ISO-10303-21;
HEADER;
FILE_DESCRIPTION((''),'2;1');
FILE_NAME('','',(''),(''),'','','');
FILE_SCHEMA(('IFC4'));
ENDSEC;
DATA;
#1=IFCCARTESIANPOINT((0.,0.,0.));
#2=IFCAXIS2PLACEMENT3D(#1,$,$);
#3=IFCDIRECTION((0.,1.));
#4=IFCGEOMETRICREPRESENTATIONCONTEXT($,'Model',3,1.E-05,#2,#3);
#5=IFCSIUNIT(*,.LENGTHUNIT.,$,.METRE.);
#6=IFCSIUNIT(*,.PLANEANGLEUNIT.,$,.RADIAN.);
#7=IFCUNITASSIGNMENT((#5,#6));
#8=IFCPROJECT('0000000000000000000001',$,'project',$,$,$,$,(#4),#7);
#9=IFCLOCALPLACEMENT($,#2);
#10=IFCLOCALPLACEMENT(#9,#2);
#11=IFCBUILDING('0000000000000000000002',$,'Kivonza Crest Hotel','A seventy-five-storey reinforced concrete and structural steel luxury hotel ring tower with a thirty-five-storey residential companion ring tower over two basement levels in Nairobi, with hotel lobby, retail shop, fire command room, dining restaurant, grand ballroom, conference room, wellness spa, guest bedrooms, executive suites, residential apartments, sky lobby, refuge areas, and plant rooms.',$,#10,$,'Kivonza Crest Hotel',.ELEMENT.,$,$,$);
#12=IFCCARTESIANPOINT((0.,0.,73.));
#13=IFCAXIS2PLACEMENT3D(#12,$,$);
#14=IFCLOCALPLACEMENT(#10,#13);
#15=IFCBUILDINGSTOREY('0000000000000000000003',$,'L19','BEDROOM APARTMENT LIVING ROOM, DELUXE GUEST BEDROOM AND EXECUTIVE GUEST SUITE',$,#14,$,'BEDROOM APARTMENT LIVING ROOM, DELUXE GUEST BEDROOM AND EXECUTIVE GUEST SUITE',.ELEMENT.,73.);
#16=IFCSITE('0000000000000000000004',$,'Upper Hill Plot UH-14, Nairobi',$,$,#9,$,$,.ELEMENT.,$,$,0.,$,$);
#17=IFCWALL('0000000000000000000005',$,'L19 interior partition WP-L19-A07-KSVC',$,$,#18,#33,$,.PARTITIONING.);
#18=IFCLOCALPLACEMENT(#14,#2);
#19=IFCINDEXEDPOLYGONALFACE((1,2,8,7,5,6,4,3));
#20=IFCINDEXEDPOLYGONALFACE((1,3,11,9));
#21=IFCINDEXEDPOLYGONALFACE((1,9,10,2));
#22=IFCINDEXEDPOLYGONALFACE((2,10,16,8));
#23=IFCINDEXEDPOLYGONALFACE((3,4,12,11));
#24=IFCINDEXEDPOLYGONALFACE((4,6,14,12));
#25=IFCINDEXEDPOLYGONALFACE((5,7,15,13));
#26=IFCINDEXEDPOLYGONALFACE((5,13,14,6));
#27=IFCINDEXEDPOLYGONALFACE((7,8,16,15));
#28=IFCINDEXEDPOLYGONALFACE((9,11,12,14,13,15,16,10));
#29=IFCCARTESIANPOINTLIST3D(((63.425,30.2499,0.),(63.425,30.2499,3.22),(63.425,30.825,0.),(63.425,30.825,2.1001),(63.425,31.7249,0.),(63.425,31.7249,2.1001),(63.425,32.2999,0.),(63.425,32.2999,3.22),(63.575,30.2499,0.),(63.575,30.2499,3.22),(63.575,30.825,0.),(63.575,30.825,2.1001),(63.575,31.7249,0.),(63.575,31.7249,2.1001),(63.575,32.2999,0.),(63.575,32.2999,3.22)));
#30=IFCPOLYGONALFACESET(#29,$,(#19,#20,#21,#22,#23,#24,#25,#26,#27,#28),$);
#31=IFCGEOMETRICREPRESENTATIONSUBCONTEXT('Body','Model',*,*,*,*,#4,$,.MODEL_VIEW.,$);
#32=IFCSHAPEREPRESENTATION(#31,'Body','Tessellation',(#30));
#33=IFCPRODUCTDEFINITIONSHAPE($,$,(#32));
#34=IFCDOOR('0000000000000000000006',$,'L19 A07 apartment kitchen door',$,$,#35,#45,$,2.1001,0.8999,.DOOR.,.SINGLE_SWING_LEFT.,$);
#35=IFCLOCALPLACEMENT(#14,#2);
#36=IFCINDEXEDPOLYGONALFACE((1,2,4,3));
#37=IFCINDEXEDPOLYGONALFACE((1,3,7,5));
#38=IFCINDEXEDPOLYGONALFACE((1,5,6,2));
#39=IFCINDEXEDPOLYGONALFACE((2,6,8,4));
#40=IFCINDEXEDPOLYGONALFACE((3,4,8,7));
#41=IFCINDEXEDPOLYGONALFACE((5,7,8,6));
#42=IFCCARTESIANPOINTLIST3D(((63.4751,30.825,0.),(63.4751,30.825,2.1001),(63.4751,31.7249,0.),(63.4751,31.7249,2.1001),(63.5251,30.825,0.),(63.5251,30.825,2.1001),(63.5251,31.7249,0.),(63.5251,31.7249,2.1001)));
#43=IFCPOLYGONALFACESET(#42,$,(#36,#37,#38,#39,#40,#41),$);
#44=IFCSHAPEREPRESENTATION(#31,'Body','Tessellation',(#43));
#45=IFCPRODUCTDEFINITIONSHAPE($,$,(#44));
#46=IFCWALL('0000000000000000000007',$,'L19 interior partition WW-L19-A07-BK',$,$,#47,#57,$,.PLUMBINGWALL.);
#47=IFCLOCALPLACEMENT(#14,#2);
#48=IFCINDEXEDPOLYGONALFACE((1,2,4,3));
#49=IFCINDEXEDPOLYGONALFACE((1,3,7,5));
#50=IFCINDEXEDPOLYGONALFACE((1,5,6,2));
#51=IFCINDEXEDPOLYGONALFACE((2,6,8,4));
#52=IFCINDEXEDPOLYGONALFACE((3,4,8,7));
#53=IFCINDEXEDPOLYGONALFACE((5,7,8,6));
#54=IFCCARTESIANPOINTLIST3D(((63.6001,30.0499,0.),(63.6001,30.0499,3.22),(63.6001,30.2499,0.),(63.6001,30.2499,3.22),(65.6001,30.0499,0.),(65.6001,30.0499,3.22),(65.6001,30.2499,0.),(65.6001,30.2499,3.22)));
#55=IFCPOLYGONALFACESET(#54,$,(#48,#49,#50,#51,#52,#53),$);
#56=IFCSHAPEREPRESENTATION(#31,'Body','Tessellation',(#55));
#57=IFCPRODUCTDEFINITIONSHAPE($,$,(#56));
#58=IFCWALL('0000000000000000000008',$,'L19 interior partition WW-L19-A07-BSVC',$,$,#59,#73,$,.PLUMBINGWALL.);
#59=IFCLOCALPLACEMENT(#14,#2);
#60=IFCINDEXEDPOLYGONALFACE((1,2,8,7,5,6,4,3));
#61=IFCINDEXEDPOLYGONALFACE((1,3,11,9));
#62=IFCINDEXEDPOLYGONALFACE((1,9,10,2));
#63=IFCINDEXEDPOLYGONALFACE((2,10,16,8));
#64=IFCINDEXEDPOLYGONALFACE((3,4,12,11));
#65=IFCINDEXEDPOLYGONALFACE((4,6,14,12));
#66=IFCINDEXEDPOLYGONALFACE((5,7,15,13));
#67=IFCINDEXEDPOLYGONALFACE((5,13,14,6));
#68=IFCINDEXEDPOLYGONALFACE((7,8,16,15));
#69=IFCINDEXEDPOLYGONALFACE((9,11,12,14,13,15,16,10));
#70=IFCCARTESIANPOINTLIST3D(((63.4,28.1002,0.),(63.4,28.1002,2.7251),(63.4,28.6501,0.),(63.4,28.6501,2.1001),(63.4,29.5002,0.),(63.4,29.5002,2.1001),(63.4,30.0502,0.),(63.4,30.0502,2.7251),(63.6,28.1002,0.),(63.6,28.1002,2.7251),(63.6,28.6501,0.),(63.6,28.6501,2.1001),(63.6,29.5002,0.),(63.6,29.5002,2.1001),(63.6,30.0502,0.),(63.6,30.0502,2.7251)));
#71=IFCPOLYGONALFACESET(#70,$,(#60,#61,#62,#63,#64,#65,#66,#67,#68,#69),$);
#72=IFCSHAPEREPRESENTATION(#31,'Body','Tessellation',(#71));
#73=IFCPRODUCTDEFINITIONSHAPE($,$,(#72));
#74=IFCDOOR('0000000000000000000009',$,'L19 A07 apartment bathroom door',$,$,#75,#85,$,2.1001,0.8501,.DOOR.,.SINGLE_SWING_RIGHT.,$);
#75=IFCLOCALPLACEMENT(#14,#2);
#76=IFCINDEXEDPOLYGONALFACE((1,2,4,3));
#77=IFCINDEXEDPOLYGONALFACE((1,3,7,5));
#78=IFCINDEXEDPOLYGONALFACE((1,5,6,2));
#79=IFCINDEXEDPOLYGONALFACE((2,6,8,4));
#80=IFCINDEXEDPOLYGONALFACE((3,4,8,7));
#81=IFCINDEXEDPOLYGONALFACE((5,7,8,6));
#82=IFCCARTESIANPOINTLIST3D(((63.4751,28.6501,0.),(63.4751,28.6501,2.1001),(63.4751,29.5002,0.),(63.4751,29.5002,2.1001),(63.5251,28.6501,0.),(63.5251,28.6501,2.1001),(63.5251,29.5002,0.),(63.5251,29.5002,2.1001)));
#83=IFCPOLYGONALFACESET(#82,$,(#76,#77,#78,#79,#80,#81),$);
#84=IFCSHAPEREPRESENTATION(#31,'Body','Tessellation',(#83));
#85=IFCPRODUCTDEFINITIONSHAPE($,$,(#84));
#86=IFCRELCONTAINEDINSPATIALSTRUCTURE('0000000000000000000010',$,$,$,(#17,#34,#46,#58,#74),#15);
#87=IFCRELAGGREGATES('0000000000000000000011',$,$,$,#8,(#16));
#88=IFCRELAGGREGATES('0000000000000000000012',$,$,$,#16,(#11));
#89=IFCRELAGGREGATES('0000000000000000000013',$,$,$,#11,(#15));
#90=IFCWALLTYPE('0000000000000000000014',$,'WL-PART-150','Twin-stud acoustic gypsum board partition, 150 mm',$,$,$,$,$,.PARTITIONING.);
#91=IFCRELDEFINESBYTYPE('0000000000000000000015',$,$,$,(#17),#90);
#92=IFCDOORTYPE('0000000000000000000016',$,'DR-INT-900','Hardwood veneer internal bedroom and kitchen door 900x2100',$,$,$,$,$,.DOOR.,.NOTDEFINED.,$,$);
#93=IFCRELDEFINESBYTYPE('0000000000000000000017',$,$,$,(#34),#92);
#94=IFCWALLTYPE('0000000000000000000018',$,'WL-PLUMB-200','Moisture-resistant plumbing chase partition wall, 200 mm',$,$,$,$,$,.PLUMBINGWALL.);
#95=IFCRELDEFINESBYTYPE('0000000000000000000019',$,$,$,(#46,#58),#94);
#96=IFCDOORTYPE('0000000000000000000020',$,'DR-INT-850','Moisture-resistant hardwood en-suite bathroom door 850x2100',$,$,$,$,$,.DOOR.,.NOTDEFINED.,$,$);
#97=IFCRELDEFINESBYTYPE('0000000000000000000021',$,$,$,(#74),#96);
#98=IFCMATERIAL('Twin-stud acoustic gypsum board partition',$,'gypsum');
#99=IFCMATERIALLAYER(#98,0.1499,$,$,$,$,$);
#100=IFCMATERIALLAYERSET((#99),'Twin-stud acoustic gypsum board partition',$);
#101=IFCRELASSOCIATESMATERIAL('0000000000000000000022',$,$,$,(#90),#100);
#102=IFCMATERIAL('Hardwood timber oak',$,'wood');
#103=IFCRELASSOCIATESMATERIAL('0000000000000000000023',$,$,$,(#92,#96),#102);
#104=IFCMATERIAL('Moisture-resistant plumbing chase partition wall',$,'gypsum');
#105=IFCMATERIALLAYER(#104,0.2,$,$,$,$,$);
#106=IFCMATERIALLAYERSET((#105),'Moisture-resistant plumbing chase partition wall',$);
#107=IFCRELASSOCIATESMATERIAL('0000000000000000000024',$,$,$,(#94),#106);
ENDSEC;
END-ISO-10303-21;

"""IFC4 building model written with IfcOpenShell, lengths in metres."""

from ifc_helpers import new_model, si_unit, direction, frame, frame_2d, origin, place, context, subcontext, project, spatial, rectangle, extrude, material, layer, layer_set, type_object, element, fill, save


model = new_model("IFC4")

# Units and contexts
model_context = context("Model", 3, precision=1e-05, world=origin(), true_north=direction((0.0, 1.0)))
body_context = subcontext(model_context, "Body", "Model", "MODEL_VIEW")
ifc_project = project(units=[si_unit("LENGTHUNIT", "METRE"), si_unit("PLANEANGLEUNIT", "RADIAN")], contexts=[model_context])

# Site, building, storey
site_placement = place(None, origin())
site = spatial("IfcSite", under=ifc_project, at=site_placement, Name="Upper Hill Plot UH-14, Nairobi", CompositionType="ELEMENT", RefElevation=0.0)
building_placement = place(site_placement, origin())
building = spatial("IfcBuilding", under=site, at=building_placement, Name="Kivonza Crest Hotel", Description="A seventy-five-storey reinforced concrete and structural steel luxury hotel ring tower with a thirty-five-storey residential companion ring tower over two basement levels in Nairobi, with hotel lobby, retail shop, fire command room, dining restaurant, grand ballroom, conference room, wellness spa, guest bedrooms, executive suites, residential apartments, sky lobby, refuge areas, and plant rooms.", LongName="Kivonza Crest Hotel", CompositionType="ELEMENT")
storey_placement = place(building_placement, frame((0.0, 0.0, 73.0)))
storey = spatial("IfcBuildingStorey", under=building, at=storey_placement, Name="L19", Description="BEDROOM APARTMENT LIVING ROOM, DELUXE GUEST BEDROOM AND EXECUTIVE GUEST SUITE", LongName="BEDROOM APARTMENT LIVING ROOM, DELUXE GUEST BEDROOM AND EXECUTIVE GUEST SUITE", CompositionType="ELEMENT", Elevation=73.0)

# Shared definitions
ifc_material_1 = material(Name="Twin-stud acoustic gypsum board partition", Category="gypsum")
ifc_layer_1 = layer(ifc_material_1, 0.1499)
ifc_layer_set_1 = layer_set([ifc_layer_1], Name="Twin-stud acoustic gypsum board partition")
wall_type_1 = type_object("IfcWallType", Name="WL-PART-150", Description="Twin-stud acoustic gypsum board partition, 150 mm", PredefinedType="PARTITIONING", material=ifc_layer_set_1)
ifc_material_2 = material(Name="Hardwood timber oak", Category="wood")
door_type_1 = type_object("IfcDoorType", Name="DR-INT-900", Description="Hardwood veneer internal bedroom and kitchen door 900x2100", OperationType="NOTDEFINED", PredefinedType="DOOR", material=ifc_material_2)

# Wall, opening, door
wall_1_placement = place(storey_placement, frame((63.5, 30.25, 0.0), z_axis=(0.0, 0.0, 1.0), x_axis=(0.0, 1.0, 0.0)))
wall_1 = element("IfcWall", 1, at=wall_1_placement, inside=storey, type_object=wall_type_1, Name="L19 interior partition WP-L19-A07-KSVC", PredefinedType="PARTITIONING", context=body_context, shape_type="SweptSolid", body=[
    extrude(rectangle(XDim=2.05, YDim=0.1499, at=frame_2d((1.0249, 0.0))), origin(), (0.0, 0.0, 1.0), 3.22),
])
opening_1_placement = place(wall_1_placement, frame((0.575, 0.0, 0.0)))
opening_1 = element("IfcOpeningElement", 2, at=opening_1_placement, cuts=wall_1, PredefinedType="OPENING", context=body_context, shape_type="SweptSolid", body=[
    extrude(rectangle(XDim=0.8999, YDim=2.1001, at=frame_2d((0.45, 1.05))), frame((0.0, 0.085, 0.0), z_axis=(0.0, -1.0, 0.0), x_axis=(1.0, 0.0, 0.0)), (0.0, 0.0, 1.0), 0.1699),
])
door_1_placement = place(opening_1_placement, origin())
door_1 = element("IfcDoor", 3, at=door_1_placement, inside=storey, type_object=door_type_1, Name="L19 A07 apartment kitchen door", OperationType="SINGLE_SWING_LEFT", OverallHeight=2.1001, OverallWidth=0.8999, PredefinedType="DOOR", context=body_context, shape_type="SweptSolid", body=[
    extrude(rectangle(XDim=0.8999, YDim=2.1001, at=frame_2d((0.45, 1.05))), frame((0.0, 0.0249, 0.0), z_axis=(0.0, -1.0, 0.0), x_axis=(1.0, 0.0, 0.0)), (0.0, 0.0, 1.0), 0.05),
])
fill(opening_1, door_1)

# Wall
ifc_material_3 = material(Name="Moisture-resistant plumbing chase partition wall", Category="gypsum")
ifc_layer_2 = layer(ifc_material_3, 0.2)
ifc_layer_set_2 = layer_set([ifc_layer_2], Name="Moisture-resistant plumbing chase partition wall")
wall_type_2 = type_object("IfcWallType", Name="WL-PLUMB-200", Description="Moisture-resistant plumbing chase partition wall, 200 mm", PredefinedType="PLUMBINGWALL", material=ifc_layer_set_2)
wall_2_placement = place(storey_placement, frame((63.6001, 30.1499, 0.0), z_axis=(0.0, 0.0, 1.0), x_axis=(1.0, 0.0, 0.0)))
element("IfcWall", 4, at=wall_2_placement, inside=storey, type_object=wall_type_2, Name="L19 interior partition WW-L19-A07-BK", PredefinedType="PLUMBINGWALL", context=body_context, shape_type="SweptSolid", body=[
    extrude(rectangle(XDim=2.0, YDim=0.2, at=frame_2d((1.0, 0.0))), origin(), (0.0, 0.0, 1.0), 3.22),
])

# Wall, opening, door
wall_3_placement = place(storey_placement, frame((63.5, 28.1001, 0.0), z_axis=(0.0, 0.0, 1.0), x_axis=(0.0, 1.0, 0.0)))
wall_3 = element("IfcWall", 5, at=wall_3_placement, inside=storey, type_object=wall_type_2, Name="L19 interior partition WW-L19-A07-BSVC", PredefinedType="PLUMBINGWALL", context=body_context, shape_type="SweptSolid", body=[
    extrude(rectangle(XDim=1.95, YDim=0.2, at=frame_2d((0.9751, 0.0))), origin(), (0.0, 0.0, 1.0), 2.7251),
])
opening_2_placement = place(wall_3_placement, frame((0.55, 0.0, 0.0)))
opening_2 = element("IfcOpeningElement", 6, at=opening_2_placement, cuts=wall_3, PredefinedType="OPENING", context=body_context, shape_type="SweptSolid", body=[
    extrude(rectangle(XDim=0.8501, YDim=2.1001, at=frame_2d((0.425, 1.05))), frame((0.0, 0.1099, 0.0), z_axis=(0.0, -1.0, 0.0), x_axis=(1.0, 0.0, 0.0)), (0.0, 0.0, 1.0), 0.22),
])
door_type_2 = type_object("IfcDoorType", Name="DR-INT-850", Description="Moisture-resistant hardwood en-suite bathroom door 850x2100", OperationType="NOTDEFINED", PredefinedType="DOOR", material=ifc_material_2)
door_2_placement = place(opening_2_placement, origin())
door_2 = element("IfcDoor", 7, at=door_2_placement, inside=storey, type_object=door_type_2, Name="L19 A07 apartment bathroom door", OperationType="SINGLE_SWING_RIGHT", OverallHeight=2.1001, OverallWidth=0.8501, PredefinedType="DOOR", context=body_context, shape_type="SweptSolid", body=[
    extrude(rectangle(XDim=0.8501, YDim=2.1001, at=frame_2d((0.425, 1.05))), frame((0.0, 0.0249, 0.0), z_axis=(0.0, -1.0, 0.0), x_axis=(1.0, 0.0, 0.0)), (0.0, 0.0, 1.0), 0.05),
])
fill(opening_2, door_2)

save(model, "model.ifc")
